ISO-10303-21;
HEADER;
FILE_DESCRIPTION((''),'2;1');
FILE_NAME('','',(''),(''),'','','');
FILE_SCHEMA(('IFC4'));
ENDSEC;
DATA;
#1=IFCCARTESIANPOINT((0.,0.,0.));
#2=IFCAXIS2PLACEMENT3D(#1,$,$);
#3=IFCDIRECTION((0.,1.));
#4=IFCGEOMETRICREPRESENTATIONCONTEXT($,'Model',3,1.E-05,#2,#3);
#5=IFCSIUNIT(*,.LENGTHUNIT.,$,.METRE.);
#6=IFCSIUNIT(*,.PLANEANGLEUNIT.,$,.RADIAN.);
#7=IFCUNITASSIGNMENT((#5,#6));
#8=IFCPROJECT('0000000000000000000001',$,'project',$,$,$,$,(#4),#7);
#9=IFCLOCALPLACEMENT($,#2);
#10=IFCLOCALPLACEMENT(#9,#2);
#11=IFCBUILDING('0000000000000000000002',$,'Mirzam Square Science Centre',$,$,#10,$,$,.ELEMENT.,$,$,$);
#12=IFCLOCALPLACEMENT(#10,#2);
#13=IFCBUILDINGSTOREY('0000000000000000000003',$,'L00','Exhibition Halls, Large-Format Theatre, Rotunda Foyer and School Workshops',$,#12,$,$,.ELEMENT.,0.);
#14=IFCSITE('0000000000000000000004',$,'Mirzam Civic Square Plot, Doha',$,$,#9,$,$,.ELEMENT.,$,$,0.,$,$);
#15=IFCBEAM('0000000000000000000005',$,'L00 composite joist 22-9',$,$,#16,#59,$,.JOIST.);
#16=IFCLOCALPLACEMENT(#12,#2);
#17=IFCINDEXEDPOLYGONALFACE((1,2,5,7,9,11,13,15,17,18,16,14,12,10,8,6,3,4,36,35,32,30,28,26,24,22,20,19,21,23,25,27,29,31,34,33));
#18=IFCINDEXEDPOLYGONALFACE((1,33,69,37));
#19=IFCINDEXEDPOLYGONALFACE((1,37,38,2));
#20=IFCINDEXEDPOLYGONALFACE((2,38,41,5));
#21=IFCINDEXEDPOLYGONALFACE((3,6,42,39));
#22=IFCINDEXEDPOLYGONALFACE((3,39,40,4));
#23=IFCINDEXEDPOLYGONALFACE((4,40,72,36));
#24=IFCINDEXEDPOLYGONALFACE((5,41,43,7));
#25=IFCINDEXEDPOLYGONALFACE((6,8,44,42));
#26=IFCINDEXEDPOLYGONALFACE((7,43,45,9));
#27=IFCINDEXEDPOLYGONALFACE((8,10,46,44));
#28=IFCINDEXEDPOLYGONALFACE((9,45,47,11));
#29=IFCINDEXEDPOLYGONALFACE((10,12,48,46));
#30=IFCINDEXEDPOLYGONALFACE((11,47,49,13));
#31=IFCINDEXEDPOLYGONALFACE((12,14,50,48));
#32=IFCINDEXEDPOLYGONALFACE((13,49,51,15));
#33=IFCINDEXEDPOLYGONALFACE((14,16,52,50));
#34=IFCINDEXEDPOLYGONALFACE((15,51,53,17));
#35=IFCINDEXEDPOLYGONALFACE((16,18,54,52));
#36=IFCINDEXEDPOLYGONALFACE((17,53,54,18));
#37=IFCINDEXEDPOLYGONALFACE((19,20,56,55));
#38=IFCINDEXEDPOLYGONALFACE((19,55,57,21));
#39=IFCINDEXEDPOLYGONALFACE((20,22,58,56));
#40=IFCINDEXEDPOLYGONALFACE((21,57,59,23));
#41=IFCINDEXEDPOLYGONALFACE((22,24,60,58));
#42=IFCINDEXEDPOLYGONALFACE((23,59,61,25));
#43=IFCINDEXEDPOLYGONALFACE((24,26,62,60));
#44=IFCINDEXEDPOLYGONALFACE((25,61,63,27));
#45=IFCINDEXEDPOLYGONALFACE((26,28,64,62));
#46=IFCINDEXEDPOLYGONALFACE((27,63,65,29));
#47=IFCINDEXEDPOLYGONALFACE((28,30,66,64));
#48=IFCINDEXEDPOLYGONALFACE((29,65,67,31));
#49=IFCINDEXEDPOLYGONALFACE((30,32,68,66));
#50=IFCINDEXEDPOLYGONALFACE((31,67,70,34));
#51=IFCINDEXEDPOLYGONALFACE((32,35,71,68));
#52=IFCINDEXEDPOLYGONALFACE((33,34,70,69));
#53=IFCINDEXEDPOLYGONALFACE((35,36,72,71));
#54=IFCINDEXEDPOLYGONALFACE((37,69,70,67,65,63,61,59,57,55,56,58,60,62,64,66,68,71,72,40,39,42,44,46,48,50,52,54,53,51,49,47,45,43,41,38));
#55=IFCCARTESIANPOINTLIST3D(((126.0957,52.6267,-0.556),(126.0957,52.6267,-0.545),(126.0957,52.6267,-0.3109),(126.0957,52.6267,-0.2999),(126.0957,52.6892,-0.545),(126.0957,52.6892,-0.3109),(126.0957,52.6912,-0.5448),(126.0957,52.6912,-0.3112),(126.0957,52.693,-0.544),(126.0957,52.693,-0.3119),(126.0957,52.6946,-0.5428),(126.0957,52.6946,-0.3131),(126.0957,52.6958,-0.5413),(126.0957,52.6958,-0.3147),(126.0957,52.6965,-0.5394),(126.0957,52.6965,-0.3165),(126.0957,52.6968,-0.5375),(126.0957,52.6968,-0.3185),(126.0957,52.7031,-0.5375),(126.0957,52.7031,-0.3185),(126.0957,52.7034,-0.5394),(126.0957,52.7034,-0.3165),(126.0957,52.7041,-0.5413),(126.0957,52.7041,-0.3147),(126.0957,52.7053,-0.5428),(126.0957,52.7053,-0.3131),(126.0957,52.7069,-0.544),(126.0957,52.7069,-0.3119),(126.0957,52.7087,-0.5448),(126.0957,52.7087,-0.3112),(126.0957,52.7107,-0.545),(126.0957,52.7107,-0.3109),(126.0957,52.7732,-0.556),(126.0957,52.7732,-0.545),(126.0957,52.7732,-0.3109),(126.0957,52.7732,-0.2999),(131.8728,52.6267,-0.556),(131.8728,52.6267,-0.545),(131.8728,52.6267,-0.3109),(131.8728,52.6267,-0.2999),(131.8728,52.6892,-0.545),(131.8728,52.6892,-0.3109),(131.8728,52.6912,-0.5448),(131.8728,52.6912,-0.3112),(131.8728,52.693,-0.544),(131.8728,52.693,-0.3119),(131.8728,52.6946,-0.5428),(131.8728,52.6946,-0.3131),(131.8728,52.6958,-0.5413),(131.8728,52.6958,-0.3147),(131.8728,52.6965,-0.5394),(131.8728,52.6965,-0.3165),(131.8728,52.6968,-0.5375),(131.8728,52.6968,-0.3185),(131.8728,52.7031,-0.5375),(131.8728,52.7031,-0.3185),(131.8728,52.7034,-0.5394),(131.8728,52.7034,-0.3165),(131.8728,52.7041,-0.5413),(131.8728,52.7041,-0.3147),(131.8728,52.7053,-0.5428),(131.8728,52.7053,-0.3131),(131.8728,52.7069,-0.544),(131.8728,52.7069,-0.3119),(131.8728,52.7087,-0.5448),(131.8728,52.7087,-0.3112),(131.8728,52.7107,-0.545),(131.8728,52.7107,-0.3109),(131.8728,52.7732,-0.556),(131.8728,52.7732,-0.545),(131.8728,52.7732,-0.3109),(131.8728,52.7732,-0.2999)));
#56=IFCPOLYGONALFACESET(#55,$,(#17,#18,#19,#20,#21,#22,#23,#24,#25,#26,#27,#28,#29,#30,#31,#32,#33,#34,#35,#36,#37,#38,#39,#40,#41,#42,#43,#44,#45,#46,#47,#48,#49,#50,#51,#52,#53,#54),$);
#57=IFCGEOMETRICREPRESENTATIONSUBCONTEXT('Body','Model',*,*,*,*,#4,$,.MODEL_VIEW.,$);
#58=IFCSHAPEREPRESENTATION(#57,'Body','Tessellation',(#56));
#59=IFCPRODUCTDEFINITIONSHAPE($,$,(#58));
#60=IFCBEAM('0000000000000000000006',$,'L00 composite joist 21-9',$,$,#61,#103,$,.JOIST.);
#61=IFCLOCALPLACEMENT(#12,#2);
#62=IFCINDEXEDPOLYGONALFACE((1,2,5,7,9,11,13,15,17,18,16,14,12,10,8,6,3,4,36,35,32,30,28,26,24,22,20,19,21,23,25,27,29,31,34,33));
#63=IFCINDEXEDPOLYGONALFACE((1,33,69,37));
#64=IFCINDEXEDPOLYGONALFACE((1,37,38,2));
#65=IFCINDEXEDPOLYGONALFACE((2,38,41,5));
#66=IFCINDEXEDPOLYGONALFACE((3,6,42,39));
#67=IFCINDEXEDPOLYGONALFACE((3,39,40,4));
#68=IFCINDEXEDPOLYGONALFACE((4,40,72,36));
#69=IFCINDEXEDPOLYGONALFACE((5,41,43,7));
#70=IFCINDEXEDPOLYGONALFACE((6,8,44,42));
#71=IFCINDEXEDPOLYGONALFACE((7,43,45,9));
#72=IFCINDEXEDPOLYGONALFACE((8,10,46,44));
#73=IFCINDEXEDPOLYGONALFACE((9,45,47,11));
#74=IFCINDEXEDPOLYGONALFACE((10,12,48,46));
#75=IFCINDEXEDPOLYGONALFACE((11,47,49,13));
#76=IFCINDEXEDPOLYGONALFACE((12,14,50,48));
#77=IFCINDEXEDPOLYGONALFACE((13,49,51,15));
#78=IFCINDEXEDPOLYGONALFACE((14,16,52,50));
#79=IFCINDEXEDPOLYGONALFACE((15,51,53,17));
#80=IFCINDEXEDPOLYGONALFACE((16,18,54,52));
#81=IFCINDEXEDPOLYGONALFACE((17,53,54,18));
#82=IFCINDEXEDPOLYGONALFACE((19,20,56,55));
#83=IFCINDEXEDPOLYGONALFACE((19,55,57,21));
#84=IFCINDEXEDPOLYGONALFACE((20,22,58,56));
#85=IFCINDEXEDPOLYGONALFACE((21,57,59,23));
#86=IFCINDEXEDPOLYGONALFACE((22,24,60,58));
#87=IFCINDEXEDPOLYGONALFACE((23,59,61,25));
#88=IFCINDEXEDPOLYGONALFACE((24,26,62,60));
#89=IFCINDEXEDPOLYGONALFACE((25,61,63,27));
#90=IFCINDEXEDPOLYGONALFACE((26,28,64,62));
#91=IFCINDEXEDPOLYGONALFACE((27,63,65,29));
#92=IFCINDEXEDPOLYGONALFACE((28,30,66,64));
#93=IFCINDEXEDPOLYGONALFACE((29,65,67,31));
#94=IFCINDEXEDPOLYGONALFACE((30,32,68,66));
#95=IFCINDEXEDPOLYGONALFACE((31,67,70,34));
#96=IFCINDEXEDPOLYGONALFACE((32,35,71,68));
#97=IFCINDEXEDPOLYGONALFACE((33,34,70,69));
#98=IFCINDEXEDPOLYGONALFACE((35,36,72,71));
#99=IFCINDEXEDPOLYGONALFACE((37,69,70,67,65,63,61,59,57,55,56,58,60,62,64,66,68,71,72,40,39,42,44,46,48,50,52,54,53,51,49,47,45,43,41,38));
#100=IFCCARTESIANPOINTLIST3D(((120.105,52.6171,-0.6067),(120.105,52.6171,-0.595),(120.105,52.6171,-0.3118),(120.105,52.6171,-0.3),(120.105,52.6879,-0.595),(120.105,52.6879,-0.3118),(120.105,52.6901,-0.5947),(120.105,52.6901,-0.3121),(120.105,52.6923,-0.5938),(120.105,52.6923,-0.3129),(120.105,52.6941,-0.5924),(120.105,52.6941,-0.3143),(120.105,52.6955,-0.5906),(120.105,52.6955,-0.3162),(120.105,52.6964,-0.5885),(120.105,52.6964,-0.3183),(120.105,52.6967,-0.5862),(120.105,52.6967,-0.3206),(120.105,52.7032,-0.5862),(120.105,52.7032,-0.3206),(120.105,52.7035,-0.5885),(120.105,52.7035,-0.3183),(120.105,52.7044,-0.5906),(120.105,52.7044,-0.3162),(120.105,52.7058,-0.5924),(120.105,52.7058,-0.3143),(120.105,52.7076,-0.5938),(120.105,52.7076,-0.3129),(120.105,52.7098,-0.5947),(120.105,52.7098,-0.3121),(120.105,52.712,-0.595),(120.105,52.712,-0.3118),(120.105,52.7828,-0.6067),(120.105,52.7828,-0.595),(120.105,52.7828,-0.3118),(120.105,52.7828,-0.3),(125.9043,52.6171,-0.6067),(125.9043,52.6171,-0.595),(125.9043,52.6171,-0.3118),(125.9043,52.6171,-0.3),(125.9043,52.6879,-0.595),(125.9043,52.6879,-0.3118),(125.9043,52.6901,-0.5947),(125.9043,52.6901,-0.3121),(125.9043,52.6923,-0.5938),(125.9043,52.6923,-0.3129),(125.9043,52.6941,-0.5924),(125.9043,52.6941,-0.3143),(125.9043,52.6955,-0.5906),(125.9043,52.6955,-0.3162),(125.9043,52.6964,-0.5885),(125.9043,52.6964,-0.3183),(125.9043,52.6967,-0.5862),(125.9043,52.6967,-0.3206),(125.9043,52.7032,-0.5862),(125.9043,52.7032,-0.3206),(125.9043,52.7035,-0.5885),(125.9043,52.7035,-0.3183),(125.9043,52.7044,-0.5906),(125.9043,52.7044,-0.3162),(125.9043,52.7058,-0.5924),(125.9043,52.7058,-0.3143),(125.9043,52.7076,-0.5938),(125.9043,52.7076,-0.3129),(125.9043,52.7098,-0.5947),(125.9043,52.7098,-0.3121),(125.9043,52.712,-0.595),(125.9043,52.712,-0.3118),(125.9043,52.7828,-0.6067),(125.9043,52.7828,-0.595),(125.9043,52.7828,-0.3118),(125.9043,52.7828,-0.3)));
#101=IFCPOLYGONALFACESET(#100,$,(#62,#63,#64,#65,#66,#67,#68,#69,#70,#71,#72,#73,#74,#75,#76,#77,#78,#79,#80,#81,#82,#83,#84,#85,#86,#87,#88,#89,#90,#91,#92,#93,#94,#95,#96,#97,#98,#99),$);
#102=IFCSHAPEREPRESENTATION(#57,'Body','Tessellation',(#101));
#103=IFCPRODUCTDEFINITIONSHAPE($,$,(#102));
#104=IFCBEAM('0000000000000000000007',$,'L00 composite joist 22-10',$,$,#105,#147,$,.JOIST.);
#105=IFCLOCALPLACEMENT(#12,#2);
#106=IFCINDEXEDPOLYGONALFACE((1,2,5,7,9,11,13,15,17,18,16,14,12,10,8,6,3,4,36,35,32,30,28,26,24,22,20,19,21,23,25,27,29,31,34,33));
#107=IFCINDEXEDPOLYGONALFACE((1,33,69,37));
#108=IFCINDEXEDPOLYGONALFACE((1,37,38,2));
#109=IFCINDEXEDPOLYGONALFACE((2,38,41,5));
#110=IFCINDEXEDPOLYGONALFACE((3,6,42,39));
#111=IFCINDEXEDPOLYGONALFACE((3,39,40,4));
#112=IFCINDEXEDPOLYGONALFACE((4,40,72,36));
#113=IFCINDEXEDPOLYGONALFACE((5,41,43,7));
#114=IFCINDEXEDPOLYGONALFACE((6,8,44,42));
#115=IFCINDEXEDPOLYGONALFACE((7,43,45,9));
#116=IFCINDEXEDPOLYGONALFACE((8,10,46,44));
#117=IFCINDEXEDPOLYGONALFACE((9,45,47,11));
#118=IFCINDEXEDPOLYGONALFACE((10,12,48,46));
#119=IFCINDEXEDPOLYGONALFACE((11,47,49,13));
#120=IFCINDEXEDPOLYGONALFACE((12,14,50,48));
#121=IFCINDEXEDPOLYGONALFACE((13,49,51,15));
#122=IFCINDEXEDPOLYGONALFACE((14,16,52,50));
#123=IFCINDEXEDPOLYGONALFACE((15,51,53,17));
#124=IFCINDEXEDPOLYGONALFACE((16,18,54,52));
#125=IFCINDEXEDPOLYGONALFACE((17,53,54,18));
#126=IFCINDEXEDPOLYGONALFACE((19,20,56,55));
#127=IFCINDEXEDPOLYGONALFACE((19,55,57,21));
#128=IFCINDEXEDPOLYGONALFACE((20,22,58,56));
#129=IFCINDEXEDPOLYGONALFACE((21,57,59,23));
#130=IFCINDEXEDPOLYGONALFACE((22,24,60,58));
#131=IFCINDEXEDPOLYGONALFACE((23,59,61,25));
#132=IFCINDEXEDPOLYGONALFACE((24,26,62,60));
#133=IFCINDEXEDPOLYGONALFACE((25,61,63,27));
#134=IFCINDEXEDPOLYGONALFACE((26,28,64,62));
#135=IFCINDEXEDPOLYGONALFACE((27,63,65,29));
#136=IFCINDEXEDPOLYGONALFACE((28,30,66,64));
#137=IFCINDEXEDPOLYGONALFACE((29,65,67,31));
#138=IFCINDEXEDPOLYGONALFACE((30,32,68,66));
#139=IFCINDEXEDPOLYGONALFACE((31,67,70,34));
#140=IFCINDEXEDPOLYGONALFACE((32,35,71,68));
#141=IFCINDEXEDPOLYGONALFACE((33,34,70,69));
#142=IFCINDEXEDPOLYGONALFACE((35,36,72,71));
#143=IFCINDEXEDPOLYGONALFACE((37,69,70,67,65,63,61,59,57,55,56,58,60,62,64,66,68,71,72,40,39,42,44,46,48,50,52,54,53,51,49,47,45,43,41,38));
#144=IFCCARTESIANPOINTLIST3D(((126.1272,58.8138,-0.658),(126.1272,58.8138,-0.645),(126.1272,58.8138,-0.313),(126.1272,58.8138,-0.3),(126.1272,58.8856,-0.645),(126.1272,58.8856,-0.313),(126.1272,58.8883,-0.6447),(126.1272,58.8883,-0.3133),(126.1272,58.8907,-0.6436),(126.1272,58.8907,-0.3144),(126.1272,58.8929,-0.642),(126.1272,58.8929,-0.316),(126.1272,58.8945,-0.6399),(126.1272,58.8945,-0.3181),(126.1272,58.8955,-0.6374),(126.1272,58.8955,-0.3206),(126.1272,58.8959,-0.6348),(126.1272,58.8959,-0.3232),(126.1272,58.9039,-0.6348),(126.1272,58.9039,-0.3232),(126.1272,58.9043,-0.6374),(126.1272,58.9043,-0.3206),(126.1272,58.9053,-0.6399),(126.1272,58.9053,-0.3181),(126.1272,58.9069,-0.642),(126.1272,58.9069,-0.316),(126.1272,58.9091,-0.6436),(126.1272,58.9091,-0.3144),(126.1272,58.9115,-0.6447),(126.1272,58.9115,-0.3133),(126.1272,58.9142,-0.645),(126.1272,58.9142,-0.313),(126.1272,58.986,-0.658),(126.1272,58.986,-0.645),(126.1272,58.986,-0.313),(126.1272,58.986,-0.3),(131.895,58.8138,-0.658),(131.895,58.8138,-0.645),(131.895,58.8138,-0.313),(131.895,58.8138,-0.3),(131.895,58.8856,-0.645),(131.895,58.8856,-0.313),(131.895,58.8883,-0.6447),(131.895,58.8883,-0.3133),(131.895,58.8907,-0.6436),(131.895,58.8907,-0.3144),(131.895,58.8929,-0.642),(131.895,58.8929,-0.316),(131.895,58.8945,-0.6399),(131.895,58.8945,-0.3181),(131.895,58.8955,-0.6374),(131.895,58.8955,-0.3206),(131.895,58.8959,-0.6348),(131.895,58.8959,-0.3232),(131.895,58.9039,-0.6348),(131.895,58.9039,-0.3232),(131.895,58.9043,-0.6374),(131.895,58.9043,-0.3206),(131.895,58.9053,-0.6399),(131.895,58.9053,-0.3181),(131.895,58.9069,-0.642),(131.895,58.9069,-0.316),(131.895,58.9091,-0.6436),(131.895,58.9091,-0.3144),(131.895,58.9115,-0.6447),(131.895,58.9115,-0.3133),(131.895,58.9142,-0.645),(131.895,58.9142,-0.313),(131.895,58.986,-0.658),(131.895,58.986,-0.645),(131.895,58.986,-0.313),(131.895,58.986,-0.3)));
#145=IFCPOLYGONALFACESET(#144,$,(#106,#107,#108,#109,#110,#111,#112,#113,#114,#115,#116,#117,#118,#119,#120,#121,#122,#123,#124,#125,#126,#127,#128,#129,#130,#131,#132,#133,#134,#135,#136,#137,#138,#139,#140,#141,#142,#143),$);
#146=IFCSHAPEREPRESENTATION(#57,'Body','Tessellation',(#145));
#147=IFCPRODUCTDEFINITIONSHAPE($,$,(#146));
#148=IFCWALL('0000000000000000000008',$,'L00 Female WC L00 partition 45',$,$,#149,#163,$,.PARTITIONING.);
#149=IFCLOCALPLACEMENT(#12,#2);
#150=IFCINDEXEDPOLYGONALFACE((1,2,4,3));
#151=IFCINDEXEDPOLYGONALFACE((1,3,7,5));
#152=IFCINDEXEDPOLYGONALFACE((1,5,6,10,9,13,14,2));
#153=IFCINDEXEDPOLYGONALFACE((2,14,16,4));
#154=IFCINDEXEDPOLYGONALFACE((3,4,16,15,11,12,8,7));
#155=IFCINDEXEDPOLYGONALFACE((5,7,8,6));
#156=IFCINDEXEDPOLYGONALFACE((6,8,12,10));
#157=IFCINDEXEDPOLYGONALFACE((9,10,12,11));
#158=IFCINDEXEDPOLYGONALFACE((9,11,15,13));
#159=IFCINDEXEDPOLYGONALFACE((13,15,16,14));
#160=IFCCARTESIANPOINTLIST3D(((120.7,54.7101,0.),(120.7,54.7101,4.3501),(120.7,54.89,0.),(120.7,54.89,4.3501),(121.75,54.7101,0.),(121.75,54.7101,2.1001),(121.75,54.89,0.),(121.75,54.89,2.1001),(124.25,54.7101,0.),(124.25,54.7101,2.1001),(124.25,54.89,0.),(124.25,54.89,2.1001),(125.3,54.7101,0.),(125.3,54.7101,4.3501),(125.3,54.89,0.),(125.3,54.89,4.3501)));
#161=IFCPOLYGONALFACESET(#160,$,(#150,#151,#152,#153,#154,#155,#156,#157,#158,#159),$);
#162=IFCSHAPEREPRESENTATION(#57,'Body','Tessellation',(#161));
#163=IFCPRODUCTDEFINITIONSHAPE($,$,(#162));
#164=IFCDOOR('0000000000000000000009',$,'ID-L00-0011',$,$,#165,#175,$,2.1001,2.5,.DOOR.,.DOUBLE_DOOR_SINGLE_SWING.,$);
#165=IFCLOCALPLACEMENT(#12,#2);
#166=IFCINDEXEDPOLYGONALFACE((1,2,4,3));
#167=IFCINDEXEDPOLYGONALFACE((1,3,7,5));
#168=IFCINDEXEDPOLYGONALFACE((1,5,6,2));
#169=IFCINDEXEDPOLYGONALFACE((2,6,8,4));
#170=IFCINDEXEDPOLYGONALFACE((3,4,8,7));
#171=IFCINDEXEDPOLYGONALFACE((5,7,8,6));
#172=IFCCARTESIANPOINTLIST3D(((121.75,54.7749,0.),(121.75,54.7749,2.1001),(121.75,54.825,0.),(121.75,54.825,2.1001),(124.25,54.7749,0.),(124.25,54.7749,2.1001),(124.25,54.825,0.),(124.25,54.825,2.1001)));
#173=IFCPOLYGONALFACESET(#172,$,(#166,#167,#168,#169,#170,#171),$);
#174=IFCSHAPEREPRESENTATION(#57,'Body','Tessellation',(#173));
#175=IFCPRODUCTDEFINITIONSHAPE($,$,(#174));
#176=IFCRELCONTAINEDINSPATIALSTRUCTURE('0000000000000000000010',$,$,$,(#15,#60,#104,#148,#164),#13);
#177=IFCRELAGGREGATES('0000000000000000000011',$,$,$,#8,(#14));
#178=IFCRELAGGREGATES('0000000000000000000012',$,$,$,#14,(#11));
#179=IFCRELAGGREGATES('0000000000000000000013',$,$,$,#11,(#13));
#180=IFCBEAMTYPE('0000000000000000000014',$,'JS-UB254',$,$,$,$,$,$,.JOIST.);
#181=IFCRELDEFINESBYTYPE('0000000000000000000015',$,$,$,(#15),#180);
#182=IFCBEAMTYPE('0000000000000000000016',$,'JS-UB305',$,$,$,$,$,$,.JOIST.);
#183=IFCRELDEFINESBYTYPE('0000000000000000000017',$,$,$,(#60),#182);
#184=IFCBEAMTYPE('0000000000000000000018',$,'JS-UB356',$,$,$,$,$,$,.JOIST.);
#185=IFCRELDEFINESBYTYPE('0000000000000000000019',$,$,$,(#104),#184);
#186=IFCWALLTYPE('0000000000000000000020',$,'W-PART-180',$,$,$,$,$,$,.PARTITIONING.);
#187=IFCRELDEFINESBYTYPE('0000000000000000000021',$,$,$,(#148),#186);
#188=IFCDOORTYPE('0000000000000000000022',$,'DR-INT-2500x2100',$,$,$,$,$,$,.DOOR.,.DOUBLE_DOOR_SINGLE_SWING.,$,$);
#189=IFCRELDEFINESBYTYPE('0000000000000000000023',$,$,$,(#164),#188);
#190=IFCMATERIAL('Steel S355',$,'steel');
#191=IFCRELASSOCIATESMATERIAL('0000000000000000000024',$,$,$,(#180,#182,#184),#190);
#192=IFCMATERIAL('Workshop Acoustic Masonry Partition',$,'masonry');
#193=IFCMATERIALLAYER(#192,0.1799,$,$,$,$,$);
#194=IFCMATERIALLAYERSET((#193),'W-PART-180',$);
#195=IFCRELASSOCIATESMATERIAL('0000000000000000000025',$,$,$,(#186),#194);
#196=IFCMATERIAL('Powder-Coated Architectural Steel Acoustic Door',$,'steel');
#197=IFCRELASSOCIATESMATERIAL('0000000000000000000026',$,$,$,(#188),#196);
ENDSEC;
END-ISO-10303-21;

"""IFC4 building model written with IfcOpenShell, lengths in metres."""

from ifc_helpers import new_model, si_unit, direction, frame, frame_2d, origin, origin_2d, place, context, subcontext, project, spatial, rectangle, i_section, extrude, material, layer, layer_set, material_profile, profile_set, type_object, element, fill, save


model = new_model("IFC4")

# Units and contexts
model_context = context("Model", 3, precision=1e-05, world=origin(), true_north=direction((0.0, 1.0)))
body_context = subcontext(model_context, "Body", "Model", "MODEL_VIEW")
ifc_project = project(units=[si_unit("LENGTHUNIT", "METRE"), si_unit("PLANEANGLEUNIT", "RADIAN")], contexts=[model_context])

# Site, building, storey
site_placement = place(None, origin())
site = spatial("IfcSite", under=ifc_project, at=site_placement, Name="Mirzam Civic Square Plot, Doha", CompositionType="ELEMENT", RefElevation=0.0)
building_placement = place(site_placement, origin())
building = spatial("IfcBuilding", under=site, at=building_placement, Name="Mirzam Square Science Centre", CompositionType="ELEMENT")
storey_placement = place(building_placement, origin())
storey = spatial("IfcBuildingStorey", under=building, at=storey_placement, Name="L00", Description="Exhibition Halls, Large-Format Theatre, Rotunda Foyer and School Workshops", CompositionType="ELEMENT", Elevation=0.0)

# Shared definitions
ifc_material_1 = material(Name="Steel S355", Category="steel")

# Beams
ifc_material_profile_1 = material_profile(ifc_material_1, i_section(OverallWidth=0.1465, OverallDepth=0.2561, WebThickness=0.0063, FlangeThickness=0.011, FilletRadius=0.0076, at=origin_2d()), Name="254x146x37UB")
ifc_profile_set_1 = profile_set([ifc_material_profile_1], Name="Steel S355")
beam_type_1 = type_object("IfcBeamType", Name="JS-UB254", PredefinedType="JOIST", material=ifc_profile_set_1)
for number, where, z_axis, x_axis, name in (
    (1, (126.0957, 52.7, -0.428), (1.0, 0.0, 0.0), (0.0, 1.0, 0.0), "L00 composite joist 22-9"),
):
    element("IfcBeam", number, at=place(storey_placement, frame(where, z_axis=z_axis, x_axis=x_axis)), inside=storey, type_object=beam_type_1, Name=name, PredefinedType="JOIST", context=body_context, shape_type="SweptSolid", body=[
        extrude(i_section(OverallWidth=0.1465, OverallDepth=0.2561, WebThickness=0.0063, FlangeThickness=0.011, FilletRadius=0.0076, at=origin_2d()), origin(), (0.0, 0.0, 1.0), 5.7771),
    ])
ifc_material_profile_2 = material_profile(ifc_material_1, i_section(OverallWidth=0.1658, OverallDepth=0.3066, WebThickness=0.0066, FlangeThickness=0.0117, FilletRadius=0.0088, at=origin_2d()), Name="305x165x46UB")
ifc_profile_set_2 = profile_set([ifc_material_profile_2], Name="Steel S355")
beam_type_2 = type_object("IfcBeamType", Name="JS-UB305", PredefinedType="JOIST", material=ifc_profile_set_2)
beam_1_placement = place(storey_placement, frame((120.105, 52.7, -0.4534), z_axis=(1.0, 0.0, 0.0), x_axis=(0.0, 1.0, 0.0)))
element("IfcBeam", 2, at=beam_1_placement, inside=storey, type_object=beam_type_2, Name="L00 composite joist 21-9", PredefinedType="JOIST", context=body_context, shape_type="SweptSolid", body=[
    extrude(i_section(OverallWidth=0.1658, OverallDepth=0.3066, WebThickness=0.0066, FlangeThickness=0.0117, FilletRadius=0.0088, at=origin_2d()), origin(), (0.0, 0.0, 1.0), 5.7993),
])
ifc_material_profile_3 = material_profile(ifc_material_1, i_section(OverallWidth=0.1721, OverallDepth=0.3579, WebThickness=0.0081, FlangeThickness=0.0129, FilletRadius=0.0103, at=origin_2d()), Name="356x171x57UB")
ifc_profile_set_3 = profile_set([ifc_material_profile_3], Name="Steel S355")
beam_type_3 = type_object("IfcBeamType", Name="JS-UB356", PredefinedType="JOIST", material=ifc_profile_set_3)
beam_2_placement = place(storey_placement, frame((126.1272, 58.8999, -0.479), z_axis=(1.0, 0.0, 0.0), x_axis=(0.0, 1.0, 0.0)))
element("IfcBeam", 3, at=beam_2_placement, inside=storey, type_object=beam_type_3, Name="L00 composite joist 22-10", PredefinedType="JOIST", context=body_context, shape_type="SweptSolid", body=[
    extrude(i_section(OverallWidth=0.1721, OverallDepth=0.3579, WebThickness=0.0081, FlangeThickness=0.0129, FilletRadius=0.0103, at=origin_2d()), origin(), (0.0, 0.0, 1.0), 5.7678),
])

# Wall, opening, door
ifc_material_2 = material(Name="Workshop Acoustic Masonry Partition", Category="masonry")
ifc_layer_1 = layer(ifc_material_2, 0.1799)
ifc_layer_set_1 = layer_set([ifc_layer_1], Name="W-PART-180")
wall_type_1 = type_object("IfcWallType", Name="W-PART-180", PredefinedType="PARTITIONING", material=ifc_layer_set_1)
wall_1_placement = place(storey_placement, frame((120.7, 54.8, 0.0), z_axis=(0.0, 0.0, 1.0), x_axis=(1.0, 0.0, 0.0)))
wall_1 = element("IfcWall", 4, at=wall_1_placement, inside=storey, type_object=wall_type_1, Name="L00 Female WC L00 partition 45", PredefinedType="PARTITIONING", context=body_context, shape_type="SweptSolid", body=[
    extrude(rectangle(XDim=4.6001, YDim=0.1799, at=frame_2d((2.3, 0.0))), origin(), (0.0, 0.0, 1.0), 4.3501),
])
opening_1_placement = place(wall_1_placement, frame((1.05, 0.0, 0.0)))
opening_1 = element("IfcOpeningElement", 5, at=opening_1_placement, cuts=wall_1, PredefinedType="OPENING", context=body_context, shape_type="SweptSolid", body=[
    extrude(rectangle(XDim=2.5, YDim=2.1001, at=frame_2d((1.25, 1.05))), frame((0.0, 0.0999, 0.0), z_axis=(0.0, -1.0, 0.0), x_axis=(1.0, 0.0, 0.0)), (0.0, 0.0, 1.0), 0.2),
])
ifc_material_3 = material(Name="Powder-Coated Architectural Steel Acoustic Door", Category="steel")
door_type_1 = type_object("IfcDoorType", Name="DR-INT-2500x2100", OperationType="DOUBLE_DOOR_SINGLE_SWING", PredefinedType="DOOR", material=ifc_material_3)
door_1_placement = place(opening_1_placement, origin())
door_1 = element("IfcDoor", 6, at=door_1_placement, inside=storey, type_object=door_type_1, Name="ID-L00-0011", OperationType="DOUBLE_DOOR_SINGLE_SWING", OverallHeight=2.1001, OverallWidth=2.5, PredefinedType="DOOR", context=body_context, shape_type="SweptSolid", body=[
    extrude(rectangle(XDim=2.5, YDim=2.1001, at=frame_2d((1.25, 1.05))), frame((0.0, 0.0249, 0.0), z_axis=(0.0, -1.0, 0.0), x_axis=(1.0, 0.0, 0.0)), (0.0, 0.0, 1.0), 0.05),
])
fill(opening_1, door_1)

save(model, "model.ifc")
